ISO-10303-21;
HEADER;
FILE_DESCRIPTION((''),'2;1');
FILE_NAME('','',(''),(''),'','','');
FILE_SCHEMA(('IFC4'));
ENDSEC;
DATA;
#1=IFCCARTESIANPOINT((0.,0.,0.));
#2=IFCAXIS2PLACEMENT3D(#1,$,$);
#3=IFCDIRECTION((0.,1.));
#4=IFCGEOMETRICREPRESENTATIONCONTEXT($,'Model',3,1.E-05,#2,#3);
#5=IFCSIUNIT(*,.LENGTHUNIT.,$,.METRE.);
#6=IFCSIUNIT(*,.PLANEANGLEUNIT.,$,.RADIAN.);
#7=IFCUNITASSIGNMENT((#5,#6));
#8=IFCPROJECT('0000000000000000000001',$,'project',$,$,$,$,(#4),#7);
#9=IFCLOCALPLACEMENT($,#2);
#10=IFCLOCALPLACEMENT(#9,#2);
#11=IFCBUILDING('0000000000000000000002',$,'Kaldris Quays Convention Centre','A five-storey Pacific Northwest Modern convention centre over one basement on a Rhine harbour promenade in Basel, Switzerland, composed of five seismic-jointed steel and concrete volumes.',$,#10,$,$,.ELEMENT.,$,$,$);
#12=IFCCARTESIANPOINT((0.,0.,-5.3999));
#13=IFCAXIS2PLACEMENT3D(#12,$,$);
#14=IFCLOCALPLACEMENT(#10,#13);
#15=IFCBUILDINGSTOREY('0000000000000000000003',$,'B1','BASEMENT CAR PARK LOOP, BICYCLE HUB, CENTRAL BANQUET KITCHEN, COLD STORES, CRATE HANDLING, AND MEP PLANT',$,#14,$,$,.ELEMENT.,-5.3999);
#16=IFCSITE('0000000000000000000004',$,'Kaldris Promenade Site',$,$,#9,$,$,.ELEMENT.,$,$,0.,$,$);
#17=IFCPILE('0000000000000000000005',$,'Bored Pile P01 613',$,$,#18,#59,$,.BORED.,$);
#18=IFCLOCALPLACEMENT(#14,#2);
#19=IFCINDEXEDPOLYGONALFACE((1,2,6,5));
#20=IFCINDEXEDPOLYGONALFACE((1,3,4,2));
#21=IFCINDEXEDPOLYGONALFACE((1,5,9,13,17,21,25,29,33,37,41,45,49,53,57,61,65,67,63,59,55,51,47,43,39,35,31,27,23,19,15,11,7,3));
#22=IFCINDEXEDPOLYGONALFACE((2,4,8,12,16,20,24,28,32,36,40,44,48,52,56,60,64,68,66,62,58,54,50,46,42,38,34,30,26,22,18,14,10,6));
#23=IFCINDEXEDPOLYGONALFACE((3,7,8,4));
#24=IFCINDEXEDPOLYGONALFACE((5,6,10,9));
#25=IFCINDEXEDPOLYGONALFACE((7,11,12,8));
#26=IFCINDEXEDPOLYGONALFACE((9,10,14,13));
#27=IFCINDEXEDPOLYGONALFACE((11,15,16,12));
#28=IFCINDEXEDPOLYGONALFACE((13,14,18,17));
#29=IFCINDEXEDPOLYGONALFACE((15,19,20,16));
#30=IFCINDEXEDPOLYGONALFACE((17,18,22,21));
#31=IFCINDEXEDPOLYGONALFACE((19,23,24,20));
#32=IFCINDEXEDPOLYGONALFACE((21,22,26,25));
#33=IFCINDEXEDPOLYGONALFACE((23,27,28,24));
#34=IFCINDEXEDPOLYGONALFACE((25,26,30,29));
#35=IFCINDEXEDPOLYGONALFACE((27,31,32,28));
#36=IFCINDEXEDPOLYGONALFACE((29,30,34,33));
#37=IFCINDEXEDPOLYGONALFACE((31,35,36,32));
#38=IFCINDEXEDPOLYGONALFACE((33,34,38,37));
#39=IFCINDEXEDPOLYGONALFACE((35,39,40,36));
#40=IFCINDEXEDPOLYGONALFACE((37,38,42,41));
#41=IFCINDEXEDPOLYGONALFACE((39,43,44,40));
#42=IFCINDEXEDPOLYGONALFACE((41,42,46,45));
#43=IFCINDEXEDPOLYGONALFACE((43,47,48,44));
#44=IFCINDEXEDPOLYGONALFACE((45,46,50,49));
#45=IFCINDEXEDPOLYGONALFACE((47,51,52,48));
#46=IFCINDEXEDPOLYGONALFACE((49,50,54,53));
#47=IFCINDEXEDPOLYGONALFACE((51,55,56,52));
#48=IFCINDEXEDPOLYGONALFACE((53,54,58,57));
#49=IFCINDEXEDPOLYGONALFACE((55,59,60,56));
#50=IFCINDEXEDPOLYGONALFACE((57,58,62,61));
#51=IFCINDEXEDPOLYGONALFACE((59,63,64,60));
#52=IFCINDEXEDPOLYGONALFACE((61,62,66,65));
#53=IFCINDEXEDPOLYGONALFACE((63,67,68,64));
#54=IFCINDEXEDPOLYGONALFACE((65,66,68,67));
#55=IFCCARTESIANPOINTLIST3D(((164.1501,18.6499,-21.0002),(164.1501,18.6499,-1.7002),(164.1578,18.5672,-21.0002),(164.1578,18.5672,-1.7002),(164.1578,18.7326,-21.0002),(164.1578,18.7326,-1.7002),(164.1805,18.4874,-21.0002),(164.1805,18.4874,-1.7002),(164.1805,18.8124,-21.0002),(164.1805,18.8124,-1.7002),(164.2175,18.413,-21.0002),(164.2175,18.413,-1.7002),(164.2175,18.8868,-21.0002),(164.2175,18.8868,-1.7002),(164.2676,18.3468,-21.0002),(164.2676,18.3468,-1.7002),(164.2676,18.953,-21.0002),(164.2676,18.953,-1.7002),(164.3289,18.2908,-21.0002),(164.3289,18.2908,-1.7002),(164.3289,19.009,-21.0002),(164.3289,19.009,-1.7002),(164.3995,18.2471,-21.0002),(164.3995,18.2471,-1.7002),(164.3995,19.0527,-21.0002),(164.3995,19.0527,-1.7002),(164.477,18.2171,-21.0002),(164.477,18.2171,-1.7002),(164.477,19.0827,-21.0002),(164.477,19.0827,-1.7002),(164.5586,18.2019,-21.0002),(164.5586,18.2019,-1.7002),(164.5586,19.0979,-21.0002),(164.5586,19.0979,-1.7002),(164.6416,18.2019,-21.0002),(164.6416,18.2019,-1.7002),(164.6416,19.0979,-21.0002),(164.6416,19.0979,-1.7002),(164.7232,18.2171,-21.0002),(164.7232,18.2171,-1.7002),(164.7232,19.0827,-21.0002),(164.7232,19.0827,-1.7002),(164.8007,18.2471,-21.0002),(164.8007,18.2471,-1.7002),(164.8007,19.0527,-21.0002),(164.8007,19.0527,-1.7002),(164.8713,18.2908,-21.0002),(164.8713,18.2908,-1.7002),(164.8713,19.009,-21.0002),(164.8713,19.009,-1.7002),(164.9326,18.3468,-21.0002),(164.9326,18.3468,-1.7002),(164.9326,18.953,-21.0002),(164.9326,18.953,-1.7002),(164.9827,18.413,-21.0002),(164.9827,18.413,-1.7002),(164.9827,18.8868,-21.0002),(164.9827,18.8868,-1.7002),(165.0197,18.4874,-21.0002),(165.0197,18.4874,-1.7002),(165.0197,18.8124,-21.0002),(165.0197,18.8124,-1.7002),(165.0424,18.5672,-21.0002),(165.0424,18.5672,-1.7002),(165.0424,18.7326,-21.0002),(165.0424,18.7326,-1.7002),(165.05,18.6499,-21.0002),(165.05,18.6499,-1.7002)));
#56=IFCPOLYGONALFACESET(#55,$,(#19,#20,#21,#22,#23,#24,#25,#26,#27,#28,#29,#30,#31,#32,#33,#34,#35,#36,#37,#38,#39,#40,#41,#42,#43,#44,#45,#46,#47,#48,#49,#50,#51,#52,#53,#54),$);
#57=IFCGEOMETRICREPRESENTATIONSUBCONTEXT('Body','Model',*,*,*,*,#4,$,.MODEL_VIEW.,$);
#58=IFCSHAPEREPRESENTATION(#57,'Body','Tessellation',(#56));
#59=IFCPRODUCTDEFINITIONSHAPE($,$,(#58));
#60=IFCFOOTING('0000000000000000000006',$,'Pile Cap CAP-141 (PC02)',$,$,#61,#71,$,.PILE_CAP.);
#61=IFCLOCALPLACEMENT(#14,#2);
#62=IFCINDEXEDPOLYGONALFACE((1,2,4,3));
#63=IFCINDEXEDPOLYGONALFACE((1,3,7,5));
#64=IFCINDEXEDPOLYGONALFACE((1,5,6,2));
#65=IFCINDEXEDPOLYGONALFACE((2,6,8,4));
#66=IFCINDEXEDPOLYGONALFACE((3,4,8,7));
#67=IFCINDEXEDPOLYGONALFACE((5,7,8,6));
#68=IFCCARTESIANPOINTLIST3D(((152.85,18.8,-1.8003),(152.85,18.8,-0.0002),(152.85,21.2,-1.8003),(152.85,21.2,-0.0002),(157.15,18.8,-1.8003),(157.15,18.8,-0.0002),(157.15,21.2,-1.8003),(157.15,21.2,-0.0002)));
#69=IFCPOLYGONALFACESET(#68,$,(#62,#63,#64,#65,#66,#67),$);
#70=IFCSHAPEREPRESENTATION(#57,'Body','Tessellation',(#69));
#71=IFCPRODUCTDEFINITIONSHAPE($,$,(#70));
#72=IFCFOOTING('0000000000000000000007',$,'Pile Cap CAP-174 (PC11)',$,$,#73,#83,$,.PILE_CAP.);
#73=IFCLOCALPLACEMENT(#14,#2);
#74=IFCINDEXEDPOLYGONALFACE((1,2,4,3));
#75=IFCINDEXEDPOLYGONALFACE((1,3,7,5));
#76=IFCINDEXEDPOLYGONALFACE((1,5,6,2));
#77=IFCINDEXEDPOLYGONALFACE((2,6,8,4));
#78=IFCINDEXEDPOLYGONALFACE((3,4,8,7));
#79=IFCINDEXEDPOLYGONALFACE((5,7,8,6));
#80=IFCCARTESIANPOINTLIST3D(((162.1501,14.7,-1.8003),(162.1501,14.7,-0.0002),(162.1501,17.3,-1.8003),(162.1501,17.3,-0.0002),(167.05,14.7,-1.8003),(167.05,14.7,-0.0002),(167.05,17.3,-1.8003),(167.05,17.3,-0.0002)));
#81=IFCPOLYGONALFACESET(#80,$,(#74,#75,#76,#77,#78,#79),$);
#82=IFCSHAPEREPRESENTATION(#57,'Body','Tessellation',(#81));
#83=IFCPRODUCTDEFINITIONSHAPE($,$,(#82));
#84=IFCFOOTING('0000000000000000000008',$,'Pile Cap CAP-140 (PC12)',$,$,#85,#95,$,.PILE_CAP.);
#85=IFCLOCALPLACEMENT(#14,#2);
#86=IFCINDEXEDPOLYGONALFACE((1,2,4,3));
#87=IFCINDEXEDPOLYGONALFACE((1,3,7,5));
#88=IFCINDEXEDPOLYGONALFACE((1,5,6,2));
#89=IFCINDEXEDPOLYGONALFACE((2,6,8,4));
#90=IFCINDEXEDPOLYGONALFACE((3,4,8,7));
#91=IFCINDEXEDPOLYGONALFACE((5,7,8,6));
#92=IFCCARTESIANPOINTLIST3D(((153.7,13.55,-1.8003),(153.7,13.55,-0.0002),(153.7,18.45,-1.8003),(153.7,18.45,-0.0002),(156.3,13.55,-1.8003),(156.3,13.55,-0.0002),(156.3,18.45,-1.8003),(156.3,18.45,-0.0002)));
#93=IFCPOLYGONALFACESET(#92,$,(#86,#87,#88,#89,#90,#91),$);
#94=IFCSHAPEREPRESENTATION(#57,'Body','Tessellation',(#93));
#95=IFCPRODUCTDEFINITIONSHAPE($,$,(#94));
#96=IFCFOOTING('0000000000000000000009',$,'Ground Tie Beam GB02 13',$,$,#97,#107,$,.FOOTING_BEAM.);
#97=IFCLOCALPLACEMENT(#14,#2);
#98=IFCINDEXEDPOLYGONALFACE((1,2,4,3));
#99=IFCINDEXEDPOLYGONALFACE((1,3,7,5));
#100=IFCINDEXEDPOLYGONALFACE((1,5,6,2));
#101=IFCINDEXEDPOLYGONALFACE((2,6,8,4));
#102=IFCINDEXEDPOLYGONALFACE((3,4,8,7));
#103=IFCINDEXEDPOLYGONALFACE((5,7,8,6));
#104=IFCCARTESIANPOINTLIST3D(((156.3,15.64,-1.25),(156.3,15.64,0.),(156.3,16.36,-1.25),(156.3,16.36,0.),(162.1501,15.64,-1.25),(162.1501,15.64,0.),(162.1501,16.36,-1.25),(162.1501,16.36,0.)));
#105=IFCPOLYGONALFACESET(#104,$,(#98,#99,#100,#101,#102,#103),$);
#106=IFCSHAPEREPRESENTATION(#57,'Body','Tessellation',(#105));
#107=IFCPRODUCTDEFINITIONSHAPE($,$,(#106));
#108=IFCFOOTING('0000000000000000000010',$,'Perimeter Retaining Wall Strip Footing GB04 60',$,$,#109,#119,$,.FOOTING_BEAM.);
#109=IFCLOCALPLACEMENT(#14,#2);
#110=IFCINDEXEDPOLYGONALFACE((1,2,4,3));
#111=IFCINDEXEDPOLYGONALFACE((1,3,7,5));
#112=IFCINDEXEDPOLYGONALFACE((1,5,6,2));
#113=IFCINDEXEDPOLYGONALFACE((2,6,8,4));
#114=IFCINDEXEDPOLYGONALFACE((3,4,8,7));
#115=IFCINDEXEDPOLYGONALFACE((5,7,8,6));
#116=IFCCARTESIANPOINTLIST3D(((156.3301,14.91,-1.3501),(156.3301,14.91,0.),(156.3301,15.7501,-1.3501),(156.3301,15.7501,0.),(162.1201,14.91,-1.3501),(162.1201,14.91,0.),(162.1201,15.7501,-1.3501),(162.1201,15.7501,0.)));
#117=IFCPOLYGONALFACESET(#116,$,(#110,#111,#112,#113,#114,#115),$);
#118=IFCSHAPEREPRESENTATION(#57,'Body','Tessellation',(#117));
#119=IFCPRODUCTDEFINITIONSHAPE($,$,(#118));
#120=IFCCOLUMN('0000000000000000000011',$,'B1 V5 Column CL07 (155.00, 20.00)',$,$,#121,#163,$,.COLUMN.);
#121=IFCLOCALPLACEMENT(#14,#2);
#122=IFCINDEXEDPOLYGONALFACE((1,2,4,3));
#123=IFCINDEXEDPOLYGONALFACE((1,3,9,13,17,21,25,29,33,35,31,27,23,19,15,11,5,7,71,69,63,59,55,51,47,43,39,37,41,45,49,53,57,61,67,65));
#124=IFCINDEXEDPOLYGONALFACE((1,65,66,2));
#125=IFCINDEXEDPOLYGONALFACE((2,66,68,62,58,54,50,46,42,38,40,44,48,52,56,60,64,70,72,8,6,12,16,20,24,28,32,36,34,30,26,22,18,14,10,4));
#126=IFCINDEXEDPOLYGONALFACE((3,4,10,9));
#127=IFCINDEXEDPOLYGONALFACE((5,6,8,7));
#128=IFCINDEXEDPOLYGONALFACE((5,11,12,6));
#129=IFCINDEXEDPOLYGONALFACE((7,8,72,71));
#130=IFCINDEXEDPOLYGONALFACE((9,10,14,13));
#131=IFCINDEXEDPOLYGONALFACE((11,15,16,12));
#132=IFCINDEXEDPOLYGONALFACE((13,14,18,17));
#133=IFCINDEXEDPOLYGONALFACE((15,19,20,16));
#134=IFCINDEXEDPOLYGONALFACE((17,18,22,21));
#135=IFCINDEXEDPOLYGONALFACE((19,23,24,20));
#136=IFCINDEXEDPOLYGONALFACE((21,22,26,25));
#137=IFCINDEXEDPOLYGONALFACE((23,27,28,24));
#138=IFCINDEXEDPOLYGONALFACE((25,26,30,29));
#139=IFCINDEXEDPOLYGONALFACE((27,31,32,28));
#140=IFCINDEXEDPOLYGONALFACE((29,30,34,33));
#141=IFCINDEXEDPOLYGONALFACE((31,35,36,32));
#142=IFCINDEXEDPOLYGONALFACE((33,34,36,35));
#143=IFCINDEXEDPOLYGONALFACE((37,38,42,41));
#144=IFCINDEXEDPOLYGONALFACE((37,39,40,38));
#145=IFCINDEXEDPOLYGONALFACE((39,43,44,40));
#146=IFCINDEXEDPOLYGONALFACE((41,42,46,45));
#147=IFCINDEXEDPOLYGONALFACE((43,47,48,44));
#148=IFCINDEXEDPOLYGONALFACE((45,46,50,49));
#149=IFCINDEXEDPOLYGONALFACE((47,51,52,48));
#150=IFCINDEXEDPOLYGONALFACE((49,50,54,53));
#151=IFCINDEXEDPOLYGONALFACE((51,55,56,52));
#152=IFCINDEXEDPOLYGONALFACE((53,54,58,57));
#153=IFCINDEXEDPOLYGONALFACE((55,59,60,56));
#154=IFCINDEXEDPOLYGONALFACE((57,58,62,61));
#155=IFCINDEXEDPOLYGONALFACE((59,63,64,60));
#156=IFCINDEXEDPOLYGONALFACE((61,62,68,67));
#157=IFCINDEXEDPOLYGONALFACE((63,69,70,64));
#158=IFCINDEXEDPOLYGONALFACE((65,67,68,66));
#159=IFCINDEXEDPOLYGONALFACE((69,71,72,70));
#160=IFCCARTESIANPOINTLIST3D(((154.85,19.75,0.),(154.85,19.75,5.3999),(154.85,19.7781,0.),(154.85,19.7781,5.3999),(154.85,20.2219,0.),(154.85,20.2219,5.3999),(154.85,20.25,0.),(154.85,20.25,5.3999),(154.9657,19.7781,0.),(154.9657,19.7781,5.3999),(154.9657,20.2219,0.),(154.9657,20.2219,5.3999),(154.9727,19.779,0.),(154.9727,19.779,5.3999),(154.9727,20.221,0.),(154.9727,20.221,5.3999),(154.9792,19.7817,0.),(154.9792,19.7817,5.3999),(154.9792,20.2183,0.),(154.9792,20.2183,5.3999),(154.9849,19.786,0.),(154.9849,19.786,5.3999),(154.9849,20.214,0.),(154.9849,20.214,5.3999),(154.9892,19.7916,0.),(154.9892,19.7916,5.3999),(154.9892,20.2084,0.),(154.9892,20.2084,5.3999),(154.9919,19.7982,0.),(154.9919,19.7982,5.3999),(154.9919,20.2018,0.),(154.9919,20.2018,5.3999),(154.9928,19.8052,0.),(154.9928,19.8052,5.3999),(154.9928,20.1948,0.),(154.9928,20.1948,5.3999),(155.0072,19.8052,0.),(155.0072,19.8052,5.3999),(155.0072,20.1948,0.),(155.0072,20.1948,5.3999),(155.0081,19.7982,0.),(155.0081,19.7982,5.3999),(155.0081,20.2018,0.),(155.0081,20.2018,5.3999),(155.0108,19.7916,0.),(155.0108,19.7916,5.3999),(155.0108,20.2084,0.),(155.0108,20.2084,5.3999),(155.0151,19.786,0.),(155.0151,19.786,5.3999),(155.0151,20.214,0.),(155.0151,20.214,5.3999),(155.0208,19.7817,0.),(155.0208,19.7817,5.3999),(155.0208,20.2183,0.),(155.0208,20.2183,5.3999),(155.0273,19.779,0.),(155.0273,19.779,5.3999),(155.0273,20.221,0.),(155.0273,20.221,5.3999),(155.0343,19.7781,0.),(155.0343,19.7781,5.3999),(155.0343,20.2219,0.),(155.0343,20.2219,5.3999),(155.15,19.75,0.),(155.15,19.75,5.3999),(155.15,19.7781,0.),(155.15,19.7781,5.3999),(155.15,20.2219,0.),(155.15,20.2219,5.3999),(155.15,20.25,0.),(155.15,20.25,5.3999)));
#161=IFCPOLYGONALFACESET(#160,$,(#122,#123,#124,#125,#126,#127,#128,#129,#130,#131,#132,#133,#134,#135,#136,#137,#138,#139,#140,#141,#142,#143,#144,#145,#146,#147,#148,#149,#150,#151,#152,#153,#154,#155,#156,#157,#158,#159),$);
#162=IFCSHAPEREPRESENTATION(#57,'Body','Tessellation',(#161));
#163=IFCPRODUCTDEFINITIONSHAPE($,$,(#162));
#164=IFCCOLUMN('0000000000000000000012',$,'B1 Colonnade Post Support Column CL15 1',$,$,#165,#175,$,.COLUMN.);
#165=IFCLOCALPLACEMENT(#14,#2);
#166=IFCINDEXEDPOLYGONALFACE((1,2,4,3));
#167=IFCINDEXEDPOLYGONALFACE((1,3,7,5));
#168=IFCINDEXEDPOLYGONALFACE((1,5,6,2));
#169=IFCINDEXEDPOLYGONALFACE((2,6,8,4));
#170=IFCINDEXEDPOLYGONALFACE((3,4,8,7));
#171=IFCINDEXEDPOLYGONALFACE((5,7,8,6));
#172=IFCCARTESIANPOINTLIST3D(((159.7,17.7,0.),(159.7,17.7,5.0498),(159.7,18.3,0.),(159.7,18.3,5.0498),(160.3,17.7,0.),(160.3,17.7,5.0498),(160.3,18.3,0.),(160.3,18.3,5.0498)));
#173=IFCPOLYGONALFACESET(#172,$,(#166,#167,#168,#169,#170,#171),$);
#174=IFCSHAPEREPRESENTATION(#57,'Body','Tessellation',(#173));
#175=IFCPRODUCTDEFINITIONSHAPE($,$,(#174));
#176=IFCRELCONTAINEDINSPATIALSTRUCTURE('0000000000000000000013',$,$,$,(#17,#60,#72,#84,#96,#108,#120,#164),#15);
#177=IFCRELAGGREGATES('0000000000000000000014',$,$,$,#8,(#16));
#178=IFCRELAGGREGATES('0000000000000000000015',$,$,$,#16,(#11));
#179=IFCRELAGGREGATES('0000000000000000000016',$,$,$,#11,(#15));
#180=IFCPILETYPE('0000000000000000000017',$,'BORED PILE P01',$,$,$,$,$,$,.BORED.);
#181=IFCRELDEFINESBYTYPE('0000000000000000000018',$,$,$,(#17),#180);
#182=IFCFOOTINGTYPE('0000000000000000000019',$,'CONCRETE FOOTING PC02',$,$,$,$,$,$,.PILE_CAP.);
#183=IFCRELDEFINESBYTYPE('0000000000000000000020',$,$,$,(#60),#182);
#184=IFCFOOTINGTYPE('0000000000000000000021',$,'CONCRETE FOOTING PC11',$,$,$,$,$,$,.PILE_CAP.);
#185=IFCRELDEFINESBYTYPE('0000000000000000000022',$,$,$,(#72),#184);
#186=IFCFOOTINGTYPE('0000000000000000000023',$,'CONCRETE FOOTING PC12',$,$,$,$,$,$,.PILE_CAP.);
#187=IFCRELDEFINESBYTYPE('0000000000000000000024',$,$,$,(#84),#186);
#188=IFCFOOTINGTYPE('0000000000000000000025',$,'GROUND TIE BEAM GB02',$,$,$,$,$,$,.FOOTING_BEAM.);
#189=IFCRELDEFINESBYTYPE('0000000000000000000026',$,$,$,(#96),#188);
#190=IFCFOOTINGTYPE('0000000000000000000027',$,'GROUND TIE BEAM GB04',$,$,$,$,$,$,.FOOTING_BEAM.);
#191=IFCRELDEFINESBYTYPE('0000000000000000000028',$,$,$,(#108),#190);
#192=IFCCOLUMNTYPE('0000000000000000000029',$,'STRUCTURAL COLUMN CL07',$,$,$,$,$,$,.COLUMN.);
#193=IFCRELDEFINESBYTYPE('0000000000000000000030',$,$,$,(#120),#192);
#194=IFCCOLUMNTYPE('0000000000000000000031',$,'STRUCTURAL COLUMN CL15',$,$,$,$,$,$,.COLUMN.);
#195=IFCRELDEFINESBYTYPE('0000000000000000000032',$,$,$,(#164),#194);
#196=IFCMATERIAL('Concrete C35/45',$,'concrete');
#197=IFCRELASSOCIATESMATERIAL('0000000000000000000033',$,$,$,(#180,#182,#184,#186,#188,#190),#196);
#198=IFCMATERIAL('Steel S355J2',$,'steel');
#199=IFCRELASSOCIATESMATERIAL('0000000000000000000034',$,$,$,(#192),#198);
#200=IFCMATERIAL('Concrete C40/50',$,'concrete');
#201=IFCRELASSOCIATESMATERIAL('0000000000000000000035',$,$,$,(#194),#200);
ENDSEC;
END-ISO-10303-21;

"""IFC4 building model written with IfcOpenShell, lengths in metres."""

from ifc_helpers import new_model, si_unit, direction, frame, origin, origin_2d, place, context, subcontext, project, spatial, rectangle, circle, i_section, extrude, material, material_profile, profile_set, type_object, element, save


model = new_model("IFC4")

# Units and contexts
model_context = context("Model", 3, precision=1e-05, world=origin(), true_north=direction((0.0, 1.0)))
body_context = subcontext(model_context, "Body", "Model", "MODEL_VIEW")
ifc_project = project(units=[si_unit("LENGTHUNIT", "METRE"), si_unit("PLANEANGLEUNIT", "RADIAN")], contexts=[model_context])

# Site, building, storey
site_placement = place(None, origin())
site = spatial("IfcSite", under=ifc_project, at=site_placement, Name="Kaldris Promenade Site", CompositionType="ELEMENT", RefElevation=0.0)
building_placement = place(site_placement, origin())
building = spatial("IfcBuilding", under=site, at=building_placement, Name="Kaldris Quays Convention Centre", Description="A five-storey Pacific Northwest Modern convention centre over one basement on a Rhine harbour promenade in Basel, Switzerland, composed of five seismic-jointed steel and concrete volumes.", CompositionType="ELEMENT")
storey_placement = place(building_placement, frame((0.0, 0.0, -5.3999)))
storey = spatial("IfcBuildingStorey", under=building, at=storey_placement, Name="B1", Description="BASEMENT CAR PARK LOOP, BICYCLE HUB, CENTRAL BANQUET KITCHEN, COLD STORES, CRATE HANDLING, AND MEP PLANT", CompositionType="ELEMENT", Elevation=-5.3999)

# Pile
ifc_material_1 = material(Name="Concrete C35/45", Category="concrete")
ifc_material_profile_1 = material_profile(ifc_material_1, circle(Radius=0.45, at=origin_2d()), Name="BORED PILE D900")
ifc_profile_set_1 = profile_set([ifc_material_profile_1], Name="Concrete C35/45")
pile_type = type_object("IfcPileType", Name="BORED PILE P01", PredefinedType="BORED", material=ifc_profile_set_1)
for number, where, z_axis, x_axis, name in (
    (1, (164.6001, 18.6499, -1.7002), (0.0, 0.0, -1.0), (1.0, 0.0, 0.0), "Bored Pile P01 613"),
):
    element("IfcPile", number, at=place(storey_placement, frame(where, z_axis=z_axis, x_axis=x_axis)), inside=storey, type_object=pile_type, Name=name, PredefinedType="BORED", context=body_context, shape_type="SweptSolid", body=[
        extrude(circle(Radius=0.45, at=origin_2d()), origin(), (0.0, 0.0, 1.0), 19.3),
    ])

# Footings
footing_type_1 = type_object("IfcFootingType", Name="CONCRETE FOOTING PC02", PredefinedType="PILE_CAP", material=ifc_material_1)
footing_1_placement = place(storey_placement, frame((155.0, 20.0, -1.8003), z_axis=(0.0, 0.0, 1.0), x_axis=(1.0, 0.0, 0.0)))
element("IfcFooting", 2, at=footing_1_placement, inside=storey, type_object=footing_type_1, Name="Pile Cap CAP-141 (PC02)", PredefinedType="PILE_CAP", context=body_context, shape_type="SweptSolid", body=[
    extrude(rectangle(XDim=4.3, YDim=2.3999, at=origin_2d()), origin(), (0.0, 0.0, 1.0), 1.8),
])
footing_type_2 = type_object("IfcFootingType", Name="CONCRETE FOOTING PC11", PredefinedType="PILE_CAP", material=ifc_material_1)
footing_2_placement = place(storey_placement, frame((164.6001, 16.0, -1.8003), z_axis=(0.0, 0.0, 1.0), x_axis=(1.0, 0.0, 0.0)))
element("IfcFooting", 3, at=footing_2_placement, inside=storey, type_object=footing_type_2, Name="Pile Cap CAP-174 (PC11)", PredefinedType="PILE_CAP", context=body_context, shape_type="SweptSolid", body=[
    extrude(rectangle(XDim=4.8999, YDim=2.6001, at=origin_2d()), origin(), (0.0, 0.0, 1.0), 1.8),
])
footing_type_3 = type_object("IfcFootingType", Name="CONCRETE FOOTING PC12", PredefinedType="PILE_CAP", material=ifc_material_1)
footing_3_placement = place(storey_placement, frame((155.0, 16.0, -1.8003), z_axis=(0.0, 0.0, 1.0), x_axis=(1.0, 0.0, 0.0)))
element("IfcFooting", 4, at=footing_3_placement, inside=storey, type_object=footing_type_3, Name="Pile Cap CAP-140 (PC12)", PredefinedType="PILE_CAP", context=body_context, shape_type="SweptSolid", body=[
    extrude(rectangle(XDim=2.6001, YDim=4.8999, at=origin_2d()), origin(), (0.0, 0.0, 1.0), 1.8),
])
footing_type_4 = type_object("IfcFootingType", Name="GROUND TIE BEAM GB02", PredefinedType="FOOTING_BEAM", material=ifc_material_1)
footing_4_placement = place(storey_placement, frame((159.2251, 16.0, -1.25), z_axis=(0.0, 0.0, 1.0), x_axis=(1.0, 0.0, 0.0)))
element("IfcFooting", 5, at=footing_4_placement, inside=storey, type_object=footing_type_4, Name="Ground Tie Beam GB02 13", PredefinedType="FOOTING_BEAM", context=body_context, shape_type="SweptSolid", body=[
    extrude(rectangle(XDim=5.8501, YDim=0.72, at=origin_2d()), origin(), (0.0, 0.0, 1.0), 1.25),
])
footing_type_5 = type_object("IfcFootingType", Name="GROUND TIE BEAM GB04", PredefinedType="FOOTING_BEAM", material=ifc_material_1)
footing_5_placement = place(storey_placement, frame((159.2251, 15.3301, -1.3501), z_axis=(0.0, 0.0, 1.0), x_axis=(1.0, 0.0, 0.0)))
element("IfcFooting", 6, at=footing_5_placement, inside=storey, type_object=footing_type_5, Name="Perimeter Retaining Wall Strip Footing GB04 60", PredefinedType="FOOTING_BEAM", context=body_context, shape_type="SweptSolid", body=[
    extrude(rectangle(XDim=5.79, YDim=0.8401, at=origin_2d()), origin(), (0.0, 0.0, 1.0), 1.3501),
])

# Columns
ifc_material_2 = material(Name="Steel S355J2", Category="steel")
ifc_material_profile_2 = material_profile(ifc_material_2, i_section(OverallWidth=0.3, OverallDepth=0.5, WebThickness=0.0144, FlangeThickness=0.0281, FilletRadius=0.0271, at=origin_2d()), Name="HEB 500")
ifc_profile_set_2 = profile_set([ifc_material_profile_2], Name="Steel S355J2")
column_type_1 = type_object("IfcColumnType", Name="STRUCTURAL COLUMN CL07", PredefinedType="COLUMN", material=ifc_profile_set_2)
column_1_placement = place(storey_placement, frame((155.0, 20.0, 0.0), z_axis=(0.0, 0.0, 1.0), x_axis=(1.0, 0.0, 0.0)))
element("IfcColumn", 7, at=column_1_placement, inside=storey, type_object=column_type_1, Name="B1 V5 Column CL07 (155.00, 20.00)", PredefinedType="COLUMN", context=body_context, shape_type="SweptSolid", body=[
    extrude(i_section(OverallWidth=0.3, OverallDepth=0.5, WebThickness=0.0144, FlangeThickness=0.0281, FilletRadius=0.0271, at=origin_2d()), origin(), (0.0, 0.0, 1.0), 5.3999),
])
ifc_material_3 = material(Name="Concrete C40/50", Category="concrete")
ifc_material_profile_3 = material_profile(ifc_material_3, rectangle(XDim=0.6001, YDim=0.6001, at=origin_2d()), Name="RC 600x600")
ifc_profile_set_3 = profile_set([ifc_material_profile_3], Name="Concrete C40/50")
column_type_2 = type_object("IfcColumnType", Name="STRUCTURAL COLUMN CL15", PredefinedType="COLUMN", material=ifc_profile_set_3)
column_2_placement = place(storey_placement, frame((160.0, 18.0, 0.0), z_axis=(0.0, 0.0, 1.0), x_axis=(1.0, 0.0, 0.0)))
element("IfcColumn", 8, at=column_2_placement, inside=storey, type_object=column_type_2, Name="B1 Colonnade Post Support Column CL15 1", PredefinedType="COLUMN", context=body_context, shape_type="SweptSolid", body=[
    extrude(rectangle(XDim=0.6001, YDim=0.6001, at=origin_2d()), origin(), (0.0, 0.0, 1.0), 5.0498),
])

save(model, "model.ifc")
